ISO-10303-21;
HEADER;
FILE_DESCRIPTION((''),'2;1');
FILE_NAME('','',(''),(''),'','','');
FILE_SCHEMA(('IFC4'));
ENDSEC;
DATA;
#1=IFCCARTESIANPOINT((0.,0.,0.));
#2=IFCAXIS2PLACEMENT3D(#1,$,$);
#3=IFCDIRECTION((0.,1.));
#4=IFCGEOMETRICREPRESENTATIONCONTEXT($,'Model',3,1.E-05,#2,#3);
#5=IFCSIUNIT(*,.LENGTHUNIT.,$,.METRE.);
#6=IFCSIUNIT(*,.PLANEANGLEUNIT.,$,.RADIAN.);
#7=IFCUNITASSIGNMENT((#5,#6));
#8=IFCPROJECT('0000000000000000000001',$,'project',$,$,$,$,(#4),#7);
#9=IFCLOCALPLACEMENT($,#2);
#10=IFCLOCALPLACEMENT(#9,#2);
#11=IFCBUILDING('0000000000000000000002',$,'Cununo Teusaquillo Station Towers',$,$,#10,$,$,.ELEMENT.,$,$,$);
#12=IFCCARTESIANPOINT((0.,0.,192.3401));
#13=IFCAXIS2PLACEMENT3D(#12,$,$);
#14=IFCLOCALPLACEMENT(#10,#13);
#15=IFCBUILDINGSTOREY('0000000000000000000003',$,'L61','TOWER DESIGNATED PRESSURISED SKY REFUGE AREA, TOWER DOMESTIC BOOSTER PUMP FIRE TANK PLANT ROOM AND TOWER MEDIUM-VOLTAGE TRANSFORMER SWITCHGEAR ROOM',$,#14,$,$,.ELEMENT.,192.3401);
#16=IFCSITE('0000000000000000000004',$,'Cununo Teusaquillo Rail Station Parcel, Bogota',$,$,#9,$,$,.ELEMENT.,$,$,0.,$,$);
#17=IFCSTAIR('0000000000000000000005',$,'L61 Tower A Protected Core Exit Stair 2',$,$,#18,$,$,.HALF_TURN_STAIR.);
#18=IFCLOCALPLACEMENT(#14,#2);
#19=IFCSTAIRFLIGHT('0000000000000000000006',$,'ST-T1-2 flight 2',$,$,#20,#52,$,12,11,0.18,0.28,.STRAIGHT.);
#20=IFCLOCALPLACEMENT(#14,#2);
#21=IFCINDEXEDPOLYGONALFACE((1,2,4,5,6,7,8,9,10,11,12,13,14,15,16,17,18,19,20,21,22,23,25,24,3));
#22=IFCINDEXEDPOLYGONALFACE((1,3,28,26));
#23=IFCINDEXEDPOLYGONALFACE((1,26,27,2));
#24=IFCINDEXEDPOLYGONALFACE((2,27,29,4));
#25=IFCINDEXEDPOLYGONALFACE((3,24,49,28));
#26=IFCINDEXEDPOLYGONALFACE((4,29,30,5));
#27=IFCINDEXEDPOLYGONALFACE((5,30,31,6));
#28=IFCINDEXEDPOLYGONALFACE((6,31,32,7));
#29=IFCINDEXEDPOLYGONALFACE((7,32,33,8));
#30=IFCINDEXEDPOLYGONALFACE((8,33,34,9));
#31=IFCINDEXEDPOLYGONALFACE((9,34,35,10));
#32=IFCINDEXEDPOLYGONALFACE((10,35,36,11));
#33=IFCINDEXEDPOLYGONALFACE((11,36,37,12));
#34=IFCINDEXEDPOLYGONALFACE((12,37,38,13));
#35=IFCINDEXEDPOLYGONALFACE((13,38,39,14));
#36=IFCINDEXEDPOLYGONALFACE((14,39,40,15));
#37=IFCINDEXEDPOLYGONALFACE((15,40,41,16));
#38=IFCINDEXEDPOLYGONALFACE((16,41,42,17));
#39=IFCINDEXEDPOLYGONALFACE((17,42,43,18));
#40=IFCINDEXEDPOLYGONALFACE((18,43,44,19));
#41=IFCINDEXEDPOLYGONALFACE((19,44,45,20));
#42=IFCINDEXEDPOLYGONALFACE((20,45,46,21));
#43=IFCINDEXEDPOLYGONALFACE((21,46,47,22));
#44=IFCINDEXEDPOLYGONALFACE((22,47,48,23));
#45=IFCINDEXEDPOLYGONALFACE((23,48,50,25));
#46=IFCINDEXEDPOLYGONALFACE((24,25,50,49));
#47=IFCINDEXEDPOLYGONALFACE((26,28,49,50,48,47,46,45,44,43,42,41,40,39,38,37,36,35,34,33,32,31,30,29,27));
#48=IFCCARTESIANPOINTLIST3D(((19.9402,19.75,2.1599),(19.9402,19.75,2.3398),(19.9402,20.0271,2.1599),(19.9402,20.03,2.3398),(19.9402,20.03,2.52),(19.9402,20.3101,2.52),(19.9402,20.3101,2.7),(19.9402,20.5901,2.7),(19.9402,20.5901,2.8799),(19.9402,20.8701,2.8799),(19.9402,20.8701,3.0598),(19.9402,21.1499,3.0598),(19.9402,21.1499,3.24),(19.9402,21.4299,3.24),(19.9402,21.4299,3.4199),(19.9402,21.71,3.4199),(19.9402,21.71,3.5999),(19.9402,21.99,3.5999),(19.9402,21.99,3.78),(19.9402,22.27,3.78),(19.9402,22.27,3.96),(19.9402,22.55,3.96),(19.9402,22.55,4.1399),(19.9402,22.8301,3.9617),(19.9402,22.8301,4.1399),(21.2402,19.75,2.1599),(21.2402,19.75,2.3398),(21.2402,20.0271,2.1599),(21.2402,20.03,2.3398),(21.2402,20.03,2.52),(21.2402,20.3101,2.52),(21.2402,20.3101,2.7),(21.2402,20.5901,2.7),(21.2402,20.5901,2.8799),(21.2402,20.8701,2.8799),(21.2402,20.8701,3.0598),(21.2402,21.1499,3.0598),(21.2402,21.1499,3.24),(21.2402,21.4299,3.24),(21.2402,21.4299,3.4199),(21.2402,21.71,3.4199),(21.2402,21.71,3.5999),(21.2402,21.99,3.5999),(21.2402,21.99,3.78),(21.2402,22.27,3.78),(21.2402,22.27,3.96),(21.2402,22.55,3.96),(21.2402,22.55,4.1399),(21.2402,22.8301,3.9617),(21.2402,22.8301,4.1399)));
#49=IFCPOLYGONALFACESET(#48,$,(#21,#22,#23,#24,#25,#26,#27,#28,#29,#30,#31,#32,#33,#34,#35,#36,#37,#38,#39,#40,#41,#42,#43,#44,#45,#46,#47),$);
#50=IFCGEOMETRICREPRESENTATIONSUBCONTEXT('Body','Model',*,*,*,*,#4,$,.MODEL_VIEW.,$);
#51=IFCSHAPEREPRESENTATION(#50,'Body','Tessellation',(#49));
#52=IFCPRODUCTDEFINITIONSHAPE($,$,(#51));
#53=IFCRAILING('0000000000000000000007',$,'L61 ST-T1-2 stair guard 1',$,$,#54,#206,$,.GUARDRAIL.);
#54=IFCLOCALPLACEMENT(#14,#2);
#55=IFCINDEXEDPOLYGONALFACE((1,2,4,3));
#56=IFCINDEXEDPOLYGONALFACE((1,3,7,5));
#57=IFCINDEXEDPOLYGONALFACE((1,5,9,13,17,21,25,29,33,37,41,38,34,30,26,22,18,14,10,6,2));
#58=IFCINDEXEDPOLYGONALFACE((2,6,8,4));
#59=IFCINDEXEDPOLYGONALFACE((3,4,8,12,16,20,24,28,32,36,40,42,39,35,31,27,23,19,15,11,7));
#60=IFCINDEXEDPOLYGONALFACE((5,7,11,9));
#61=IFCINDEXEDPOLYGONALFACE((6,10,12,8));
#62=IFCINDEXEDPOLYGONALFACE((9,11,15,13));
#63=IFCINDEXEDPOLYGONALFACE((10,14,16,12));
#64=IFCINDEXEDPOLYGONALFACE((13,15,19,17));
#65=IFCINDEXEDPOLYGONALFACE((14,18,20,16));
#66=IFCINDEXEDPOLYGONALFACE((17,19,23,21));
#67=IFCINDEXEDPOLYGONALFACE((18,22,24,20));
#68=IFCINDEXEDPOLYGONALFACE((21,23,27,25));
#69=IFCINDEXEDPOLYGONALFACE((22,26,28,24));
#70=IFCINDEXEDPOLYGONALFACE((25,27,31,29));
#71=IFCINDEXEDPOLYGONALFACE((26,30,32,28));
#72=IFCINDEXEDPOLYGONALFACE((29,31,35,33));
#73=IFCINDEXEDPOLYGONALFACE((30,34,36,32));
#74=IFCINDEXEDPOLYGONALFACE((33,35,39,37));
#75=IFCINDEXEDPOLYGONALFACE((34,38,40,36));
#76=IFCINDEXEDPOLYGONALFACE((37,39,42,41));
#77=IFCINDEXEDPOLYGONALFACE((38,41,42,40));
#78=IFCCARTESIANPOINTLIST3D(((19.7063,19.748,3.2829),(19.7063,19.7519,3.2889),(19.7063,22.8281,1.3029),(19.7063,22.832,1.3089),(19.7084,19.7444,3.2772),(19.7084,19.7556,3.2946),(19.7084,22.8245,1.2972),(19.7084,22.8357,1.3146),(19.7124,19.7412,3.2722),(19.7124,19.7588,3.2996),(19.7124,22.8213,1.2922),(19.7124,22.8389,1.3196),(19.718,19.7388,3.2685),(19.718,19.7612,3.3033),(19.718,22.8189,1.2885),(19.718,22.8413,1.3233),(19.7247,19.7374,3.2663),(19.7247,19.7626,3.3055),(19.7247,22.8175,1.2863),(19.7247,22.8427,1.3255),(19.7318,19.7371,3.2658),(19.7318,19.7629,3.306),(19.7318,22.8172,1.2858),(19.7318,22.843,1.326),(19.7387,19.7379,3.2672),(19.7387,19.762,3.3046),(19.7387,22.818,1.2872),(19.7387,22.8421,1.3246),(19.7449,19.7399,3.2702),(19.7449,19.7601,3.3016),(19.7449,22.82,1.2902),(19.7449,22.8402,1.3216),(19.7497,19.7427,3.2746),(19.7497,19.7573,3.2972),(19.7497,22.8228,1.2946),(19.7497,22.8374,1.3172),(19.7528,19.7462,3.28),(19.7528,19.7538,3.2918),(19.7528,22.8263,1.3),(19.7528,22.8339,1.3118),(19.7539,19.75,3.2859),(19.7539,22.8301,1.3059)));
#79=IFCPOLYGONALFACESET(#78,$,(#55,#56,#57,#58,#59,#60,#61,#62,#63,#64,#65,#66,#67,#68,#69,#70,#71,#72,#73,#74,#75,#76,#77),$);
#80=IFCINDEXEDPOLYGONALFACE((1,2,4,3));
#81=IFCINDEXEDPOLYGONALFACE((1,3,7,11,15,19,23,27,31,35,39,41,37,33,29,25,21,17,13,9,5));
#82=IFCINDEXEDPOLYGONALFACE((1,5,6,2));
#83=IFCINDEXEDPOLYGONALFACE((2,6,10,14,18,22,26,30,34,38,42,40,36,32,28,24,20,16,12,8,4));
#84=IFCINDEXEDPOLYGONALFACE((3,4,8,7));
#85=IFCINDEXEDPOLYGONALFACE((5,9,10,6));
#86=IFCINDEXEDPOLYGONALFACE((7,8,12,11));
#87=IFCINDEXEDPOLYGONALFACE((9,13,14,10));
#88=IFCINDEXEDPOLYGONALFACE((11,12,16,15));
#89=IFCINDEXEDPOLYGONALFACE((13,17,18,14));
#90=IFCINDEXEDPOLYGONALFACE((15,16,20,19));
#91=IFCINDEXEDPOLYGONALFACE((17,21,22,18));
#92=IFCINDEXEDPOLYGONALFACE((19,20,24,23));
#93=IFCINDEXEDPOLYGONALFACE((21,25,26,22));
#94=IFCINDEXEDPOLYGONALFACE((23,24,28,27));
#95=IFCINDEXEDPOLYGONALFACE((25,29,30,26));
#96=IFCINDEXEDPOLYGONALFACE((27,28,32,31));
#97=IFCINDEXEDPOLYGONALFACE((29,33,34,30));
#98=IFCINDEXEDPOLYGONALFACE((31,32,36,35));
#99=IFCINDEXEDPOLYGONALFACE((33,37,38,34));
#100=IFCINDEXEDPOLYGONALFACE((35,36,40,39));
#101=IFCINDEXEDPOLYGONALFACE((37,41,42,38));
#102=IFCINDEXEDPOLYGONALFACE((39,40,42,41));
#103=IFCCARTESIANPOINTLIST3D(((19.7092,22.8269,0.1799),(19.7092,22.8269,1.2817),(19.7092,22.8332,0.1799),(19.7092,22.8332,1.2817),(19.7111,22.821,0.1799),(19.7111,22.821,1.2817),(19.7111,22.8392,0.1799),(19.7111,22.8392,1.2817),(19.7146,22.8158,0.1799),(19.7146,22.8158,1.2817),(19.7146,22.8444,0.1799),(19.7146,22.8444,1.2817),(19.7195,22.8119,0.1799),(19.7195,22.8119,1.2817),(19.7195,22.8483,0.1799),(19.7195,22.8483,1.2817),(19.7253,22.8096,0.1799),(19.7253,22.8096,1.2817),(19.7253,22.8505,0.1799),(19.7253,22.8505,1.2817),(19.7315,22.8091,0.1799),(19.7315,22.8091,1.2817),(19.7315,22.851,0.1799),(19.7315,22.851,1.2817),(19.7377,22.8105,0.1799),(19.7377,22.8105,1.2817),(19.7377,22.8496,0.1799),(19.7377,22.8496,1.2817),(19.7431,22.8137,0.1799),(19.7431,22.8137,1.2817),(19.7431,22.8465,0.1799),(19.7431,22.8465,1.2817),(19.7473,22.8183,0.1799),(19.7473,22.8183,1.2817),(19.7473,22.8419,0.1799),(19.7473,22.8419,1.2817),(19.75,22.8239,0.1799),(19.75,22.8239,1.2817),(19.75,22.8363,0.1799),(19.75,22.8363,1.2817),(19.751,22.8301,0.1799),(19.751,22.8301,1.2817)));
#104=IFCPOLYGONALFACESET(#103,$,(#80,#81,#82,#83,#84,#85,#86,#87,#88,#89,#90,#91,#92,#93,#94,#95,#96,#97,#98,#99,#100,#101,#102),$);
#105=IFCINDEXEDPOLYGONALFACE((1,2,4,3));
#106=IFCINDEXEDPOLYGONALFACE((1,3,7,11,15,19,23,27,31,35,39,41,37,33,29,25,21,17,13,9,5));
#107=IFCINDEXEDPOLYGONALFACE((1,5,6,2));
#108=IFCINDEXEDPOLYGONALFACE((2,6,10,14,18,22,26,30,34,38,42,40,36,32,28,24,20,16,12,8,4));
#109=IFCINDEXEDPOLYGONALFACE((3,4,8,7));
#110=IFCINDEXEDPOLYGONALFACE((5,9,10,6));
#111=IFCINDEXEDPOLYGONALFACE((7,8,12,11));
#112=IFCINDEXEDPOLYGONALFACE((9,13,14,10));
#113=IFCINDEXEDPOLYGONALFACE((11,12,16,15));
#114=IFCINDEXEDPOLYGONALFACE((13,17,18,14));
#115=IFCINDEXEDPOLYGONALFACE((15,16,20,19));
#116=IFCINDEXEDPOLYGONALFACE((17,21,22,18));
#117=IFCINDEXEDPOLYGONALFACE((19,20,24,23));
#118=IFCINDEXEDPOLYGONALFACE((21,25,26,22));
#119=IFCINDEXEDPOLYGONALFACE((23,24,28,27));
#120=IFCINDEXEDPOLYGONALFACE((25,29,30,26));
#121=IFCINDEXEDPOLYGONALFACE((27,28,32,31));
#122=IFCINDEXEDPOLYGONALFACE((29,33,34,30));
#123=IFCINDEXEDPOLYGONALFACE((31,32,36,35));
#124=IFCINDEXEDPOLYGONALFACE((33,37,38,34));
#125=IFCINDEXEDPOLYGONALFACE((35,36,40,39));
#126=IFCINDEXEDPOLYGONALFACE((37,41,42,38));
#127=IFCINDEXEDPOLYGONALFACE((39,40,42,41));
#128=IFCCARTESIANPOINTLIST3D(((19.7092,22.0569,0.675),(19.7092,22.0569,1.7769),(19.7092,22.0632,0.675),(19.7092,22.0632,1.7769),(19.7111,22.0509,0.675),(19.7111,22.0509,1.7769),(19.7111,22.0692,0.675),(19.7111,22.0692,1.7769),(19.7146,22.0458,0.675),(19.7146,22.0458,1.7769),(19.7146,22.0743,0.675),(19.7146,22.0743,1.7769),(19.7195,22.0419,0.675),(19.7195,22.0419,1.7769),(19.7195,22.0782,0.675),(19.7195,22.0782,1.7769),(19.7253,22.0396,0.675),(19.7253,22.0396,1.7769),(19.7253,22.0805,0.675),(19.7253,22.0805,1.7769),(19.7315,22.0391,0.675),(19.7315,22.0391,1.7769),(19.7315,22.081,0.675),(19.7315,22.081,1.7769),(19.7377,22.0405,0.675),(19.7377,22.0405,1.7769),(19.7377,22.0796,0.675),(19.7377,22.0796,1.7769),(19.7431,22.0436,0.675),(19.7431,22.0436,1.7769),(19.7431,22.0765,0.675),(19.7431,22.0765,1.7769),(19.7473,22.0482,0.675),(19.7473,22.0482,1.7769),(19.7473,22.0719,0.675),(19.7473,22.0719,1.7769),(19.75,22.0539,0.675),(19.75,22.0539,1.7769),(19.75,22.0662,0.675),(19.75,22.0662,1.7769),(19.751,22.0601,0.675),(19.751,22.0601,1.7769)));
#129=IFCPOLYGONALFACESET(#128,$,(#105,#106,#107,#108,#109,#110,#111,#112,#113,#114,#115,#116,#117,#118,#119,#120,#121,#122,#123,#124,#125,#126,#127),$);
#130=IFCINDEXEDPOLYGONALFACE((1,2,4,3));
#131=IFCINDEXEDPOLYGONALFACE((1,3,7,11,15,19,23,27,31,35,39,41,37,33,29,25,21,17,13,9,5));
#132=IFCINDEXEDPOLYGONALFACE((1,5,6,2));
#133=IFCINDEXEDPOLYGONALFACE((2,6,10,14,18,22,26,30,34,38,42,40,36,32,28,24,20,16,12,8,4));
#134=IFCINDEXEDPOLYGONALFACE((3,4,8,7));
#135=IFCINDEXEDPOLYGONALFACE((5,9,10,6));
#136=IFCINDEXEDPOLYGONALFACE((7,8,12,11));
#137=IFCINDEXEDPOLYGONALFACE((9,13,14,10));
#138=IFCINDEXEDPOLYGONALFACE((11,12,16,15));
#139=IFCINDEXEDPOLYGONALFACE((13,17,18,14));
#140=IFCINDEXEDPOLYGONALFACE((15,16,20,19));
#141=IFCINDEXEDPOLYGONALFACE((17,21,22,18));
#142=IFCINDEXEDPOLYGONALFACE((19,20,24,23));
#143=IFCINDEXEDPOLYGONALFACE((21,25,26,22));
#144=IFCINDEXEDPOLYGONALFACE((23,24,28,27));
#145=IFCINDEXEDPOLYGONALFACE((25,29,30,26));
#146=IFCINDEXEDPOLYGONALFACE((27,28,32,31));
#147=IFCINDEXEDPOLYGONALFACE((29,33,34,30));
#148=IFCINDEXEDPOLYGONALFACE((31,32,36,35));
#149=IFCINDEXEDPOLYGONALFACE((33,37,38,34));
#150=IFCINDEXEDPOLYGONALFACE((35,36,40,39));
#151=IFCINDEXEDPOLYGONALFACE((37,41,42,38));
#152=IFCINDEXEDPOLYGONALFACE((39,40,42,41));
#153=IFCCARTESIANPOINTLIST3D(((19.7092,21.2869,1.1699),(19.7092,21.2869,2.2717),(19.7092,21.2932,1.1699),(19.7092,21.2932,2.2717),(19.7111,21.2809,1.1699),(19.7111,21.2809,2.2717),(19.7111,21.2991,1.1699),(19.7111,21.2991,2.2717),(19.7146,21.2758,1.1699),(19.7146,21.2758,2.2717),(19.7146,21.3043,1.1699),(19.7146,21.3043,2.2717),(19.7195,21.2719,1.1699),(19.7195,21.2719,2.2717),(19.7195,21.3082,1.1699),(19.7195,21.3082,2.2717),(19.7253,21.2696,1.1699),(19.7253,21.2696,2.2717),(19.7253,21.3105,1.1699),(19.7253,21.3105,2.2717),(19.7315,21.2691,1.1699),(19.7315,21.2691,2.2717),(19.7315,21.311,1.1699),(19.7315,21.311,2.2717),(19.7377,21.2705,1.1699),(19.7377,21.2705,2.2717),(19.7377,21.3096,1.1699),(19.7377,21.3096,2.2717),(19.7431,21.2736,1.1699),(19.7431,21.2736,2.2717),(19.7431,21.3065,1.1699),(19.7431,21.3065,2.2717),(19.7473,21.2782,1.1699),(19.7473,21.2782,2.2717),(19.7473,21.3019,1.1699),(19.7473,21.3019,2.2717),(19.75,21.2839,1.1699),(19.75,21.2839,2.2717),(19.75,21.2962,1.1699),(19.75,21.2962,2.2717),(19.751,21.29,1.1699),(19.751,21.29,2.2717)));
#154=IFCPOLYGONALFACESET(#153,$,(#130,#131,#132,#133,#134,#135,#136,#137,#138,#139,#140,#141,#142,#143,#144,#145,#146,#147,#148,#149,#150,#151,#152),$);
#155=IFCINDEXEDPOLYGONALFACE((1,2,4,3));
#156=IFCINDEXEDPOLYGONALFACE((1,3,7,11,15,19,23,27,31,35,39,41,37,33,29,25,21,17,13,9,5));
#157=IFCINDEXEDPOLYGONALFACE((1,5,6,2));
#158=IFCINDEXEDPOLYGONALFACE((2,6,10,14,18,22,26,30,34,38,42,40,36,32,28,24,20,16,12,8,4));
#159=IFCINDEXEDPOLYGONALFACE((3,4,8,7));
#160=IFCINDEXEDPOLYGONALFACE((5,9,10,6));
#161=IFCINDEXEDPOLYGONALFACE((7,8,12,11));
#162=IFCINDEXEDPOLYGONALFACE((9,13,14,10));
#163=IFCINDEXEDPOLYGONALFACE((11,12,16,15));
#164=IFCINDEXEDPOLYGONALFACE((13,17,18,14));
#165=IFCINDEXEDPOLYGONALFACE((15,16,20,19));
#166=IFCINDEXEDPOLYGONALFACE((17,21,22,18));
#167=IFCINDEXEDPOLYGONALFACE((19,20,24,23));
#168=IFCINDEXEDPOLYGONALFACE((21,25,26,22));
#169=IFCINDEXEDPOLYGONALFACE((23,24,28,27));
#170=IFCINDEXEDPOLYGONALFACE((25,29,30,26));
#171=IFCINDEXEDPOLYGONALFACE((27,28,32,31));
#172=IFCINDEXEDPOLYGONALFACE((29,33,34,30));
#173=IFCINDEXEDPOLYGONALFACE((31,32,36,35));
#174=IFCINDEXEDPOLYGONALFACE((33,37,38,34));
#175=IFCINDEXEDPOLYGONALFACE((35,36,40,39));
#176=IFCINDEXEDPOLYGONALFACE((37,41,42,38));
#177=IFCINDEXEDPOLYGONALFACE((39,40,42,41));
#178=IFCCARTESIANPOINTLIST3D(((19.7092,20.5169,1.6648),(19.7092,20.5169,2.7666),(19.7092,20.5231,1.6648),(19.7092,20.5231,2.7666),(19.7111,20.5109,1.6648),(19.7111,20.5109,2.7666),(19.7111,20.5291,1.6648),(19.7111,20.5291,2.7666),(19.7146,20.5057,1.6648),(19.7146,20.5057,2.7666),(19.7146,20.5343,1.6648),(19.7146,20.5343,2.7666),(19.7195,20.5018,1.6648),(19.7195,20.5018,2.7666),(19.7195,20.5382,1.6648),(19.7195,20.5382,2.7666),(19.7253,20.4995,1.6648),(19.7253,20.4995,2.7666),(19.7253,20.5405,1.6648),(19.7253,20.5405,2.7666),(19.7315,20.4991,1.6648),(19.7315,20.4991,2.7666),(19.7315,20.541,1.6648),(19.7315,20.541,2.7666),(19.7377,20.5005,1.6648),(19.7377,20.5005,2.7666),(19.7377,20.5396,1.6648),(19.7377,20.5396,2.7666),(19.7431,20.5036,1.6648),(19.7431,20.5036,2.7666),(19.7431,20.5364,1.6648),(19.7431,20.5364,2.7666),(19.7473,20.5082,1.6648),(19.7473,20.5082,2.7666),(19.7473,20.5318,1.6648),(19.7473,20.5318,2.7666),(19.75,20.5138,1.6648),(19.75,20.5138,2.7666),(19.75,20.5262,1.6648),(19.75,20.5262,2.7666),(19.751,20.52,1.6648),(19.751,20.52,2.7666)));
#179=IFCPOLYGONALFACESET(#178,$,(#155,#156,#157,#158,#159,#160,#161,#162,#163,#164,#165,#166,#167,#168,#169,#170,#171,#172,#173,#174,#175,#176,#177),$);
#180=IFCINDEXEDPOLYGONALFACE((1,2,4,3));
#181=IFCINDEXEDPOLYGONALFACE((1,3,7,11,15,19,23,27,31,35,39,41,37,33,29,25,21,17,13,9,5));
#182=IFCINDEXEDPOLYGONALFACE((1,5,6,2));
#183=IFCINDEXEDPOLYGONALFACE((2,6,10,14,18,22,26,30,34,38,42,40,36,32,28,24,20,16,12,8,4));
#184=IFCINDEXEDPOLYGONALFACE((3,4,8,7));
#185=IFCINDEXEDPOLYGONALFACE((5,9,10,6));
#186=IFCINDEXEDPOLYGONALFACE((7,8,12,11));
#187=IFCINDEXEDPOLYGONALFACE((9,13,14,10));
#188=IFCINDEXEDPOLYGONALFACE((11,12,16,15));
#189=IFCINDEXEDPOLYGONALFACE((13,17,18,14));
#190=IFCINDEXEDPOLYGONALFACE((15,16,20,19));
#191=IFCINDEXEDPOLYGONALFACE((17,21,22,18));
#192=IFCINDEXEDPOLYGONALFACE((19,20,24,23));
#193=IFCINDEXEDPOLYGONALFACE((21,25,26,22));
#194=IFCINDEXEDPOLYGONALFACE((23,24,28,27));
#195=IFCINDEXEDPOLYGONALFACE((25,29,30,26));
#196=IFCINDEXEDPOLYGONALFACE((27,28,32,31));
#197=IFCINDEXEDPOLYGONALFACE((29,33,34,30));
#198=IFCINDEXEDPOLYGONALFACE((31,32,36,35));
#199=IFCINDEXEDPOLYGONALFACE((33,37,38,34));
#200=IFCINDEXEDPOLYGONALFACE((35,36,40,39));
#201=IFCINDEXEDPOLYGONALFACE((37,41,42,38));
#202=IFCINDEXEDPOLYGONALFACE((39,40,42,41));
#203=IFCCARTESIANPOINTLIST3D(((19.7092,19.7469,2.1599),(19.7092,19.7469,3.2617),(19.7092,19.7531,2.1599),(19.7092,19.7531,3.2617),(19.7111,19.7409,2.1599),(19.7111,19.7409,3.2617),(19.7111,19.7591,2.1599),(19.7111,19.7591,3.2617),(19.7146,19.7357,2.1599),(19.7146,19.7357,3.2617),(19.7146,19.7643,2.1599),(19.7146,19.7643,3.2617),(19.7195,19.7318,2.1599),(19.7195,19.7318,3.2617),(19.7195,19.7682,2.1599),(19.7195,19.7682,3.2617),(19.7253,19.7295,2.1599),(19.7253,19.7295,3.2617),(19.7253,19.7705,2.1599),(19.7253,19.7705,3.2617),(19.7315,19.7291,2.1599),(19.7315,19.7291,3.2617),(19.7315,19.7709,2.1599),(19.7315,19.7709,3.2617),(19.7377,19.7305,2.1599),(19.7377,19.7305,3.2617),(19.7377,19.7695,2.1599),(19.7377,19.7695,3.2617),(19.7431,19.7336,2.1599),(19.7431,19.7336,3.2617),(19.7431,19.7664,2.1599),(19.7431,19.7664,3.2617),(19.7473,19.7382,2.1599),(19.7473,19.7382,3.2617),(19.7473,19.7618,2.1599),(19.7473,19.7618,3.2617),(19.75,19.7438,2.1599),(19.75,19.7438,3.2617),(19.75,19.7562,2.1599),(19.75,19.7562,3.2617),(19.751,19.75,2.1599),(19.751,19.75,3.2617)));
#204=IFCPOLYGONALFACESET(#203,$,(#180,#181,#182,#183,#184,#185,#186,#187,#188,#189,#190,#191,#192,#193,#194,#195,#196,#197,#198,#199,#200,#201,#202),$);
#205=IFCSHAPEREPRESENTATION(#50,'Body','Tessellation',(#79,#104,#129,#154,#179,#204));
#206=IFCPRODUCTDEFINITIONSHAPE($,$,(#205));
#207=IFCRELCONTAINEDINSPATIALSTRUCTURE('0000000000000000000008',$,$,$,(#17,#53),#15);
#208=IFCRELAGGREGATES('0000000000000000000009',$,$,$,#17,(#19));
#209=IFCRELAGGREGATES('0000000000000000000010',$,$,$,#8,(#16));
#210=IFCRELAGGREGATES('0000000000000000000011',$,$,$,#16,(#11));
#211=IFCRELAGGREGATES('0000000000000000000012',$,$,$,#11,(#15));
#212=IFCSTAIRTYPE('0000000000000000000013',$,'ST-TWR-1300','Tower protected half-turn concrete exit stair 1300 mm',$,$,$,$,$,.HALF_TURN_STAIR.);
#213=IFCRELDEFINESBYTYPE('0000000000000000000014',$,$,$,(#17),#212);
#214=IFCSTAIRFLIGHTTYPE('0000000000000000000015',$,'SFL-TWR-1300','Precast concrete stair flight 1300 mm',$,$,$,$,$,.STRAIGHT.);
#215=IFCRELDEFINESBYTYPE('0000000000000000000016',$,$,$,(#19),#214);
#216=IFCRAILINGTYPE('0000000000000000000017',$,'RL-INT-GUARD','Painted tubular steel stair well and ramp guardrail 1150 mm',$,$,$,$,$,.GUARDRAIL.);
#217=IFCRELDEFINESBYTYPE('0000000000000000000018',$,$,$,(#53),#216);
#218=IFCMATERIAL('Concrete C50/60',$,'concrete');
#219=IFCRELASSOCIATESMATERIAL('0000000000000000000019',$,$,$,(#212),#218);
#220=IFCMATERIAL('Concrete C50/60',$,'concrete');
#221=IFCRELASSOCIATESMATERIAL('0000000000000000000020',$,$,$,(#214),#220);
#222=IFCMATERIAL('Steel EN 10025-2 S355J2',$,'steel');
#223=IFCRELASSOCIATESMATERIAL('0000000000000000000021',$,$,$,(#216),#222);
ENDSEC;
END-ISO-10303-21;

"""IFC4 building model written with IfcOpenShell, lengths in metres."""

from ifc_helpers import new_model, si_unit, direction, frame, origin, origin_2d, place, context, subcontext, project, spatial, polyline, circle, outline, extrude, material, type_object, element, aggregate, save


model = new_model("IFC4")

# Units and contexts
model_context = context("Model", 3, precision=1e-05, world=origin(), true_north=direction((0.0, 1.0)))
body_context = subcontext(model_context, "Body", "Model", "MODEL_VIEW")
ifc_project = project(units=[si_unit("LENGTHUNIT", "METRE"), si_unit("PLANEANGLEUNIT", "RADIAN")], contexts=[model_context])

# Site, building, storey
site_placement = place(None, origin())
site = spatial("IfcSite", under=ifc_project, at=site_placement, Name="Cununo Teusaquillo Rail Station Parcel, Bogota", CompositionType="ELEMENT", RefElevation=0.0)
building_placement = place(site_placement, origin())
building = spatial("IfcBuilding", under=site, at=building_placement, Name="Cununo Teusaquillo Station Towers", CompositionType="ELEMENT")
storey_placement = place(building_placement, frame((0.0, 0.0, 192.3401)))
storey = spatial("IfcBuildingStorey", under=building, at=storey_placement, Name="L61", Description="TOWER DESIGNATED PRESSURISED SKY REFUGE AREA, TOWER DOMESTIC BOOSTER PUMP FIRE TANK PLANT ROOM AND TOWER MEDIUM-VOLTAGE TRANSFORMER SWITCHGEAR ROOM", CompositionType="ELEMENT", Elevation=192.3401)

# Stair, stair flight
ifc_material_1 = material(Name="Concrete C50/60", Category="concrete")
stair_type = type_object("IfcStairType", Name="ST-TWR-1300", Description="Tower protected half-turn concrete exit stair 1300 mm", PredefinedType="HALF_TURN_STAIR", material=ifc_material_1)
stair_placement = place(storey_placement, origin())
stair = element("IfcStair", 1, at=stair_placement, inside=storey, type_object=stair_type, Name="L61 Tower A Protected Core Exit Stair 2", PredefinedType="HALF_TURN_STAIR")
ifc_material_2 = material(Name="Concrete C50/60", Category="concrete")
stair_flight_type = type_object("IfcStairFlightType", Name="SFL-TWR-1300", Description="Precast concrete stair flight 1300 mm", PredefinedType="STRAIGHT", material=ifc_material_2)
stair_flight_1_placement = place(storey_placement, frame((20.5901, 19.75, 2.1599), z_axis=(0.0, 0.0, 1.0), x_axis=(0.0, 1.0, 0.0)))
stair_flight_1 = element("IfcStairFlight", 2, at=stair_flight_1_placement, type_object=stair_flight_type, Name="ST-T1-2 flight 2", NumberOfRisers=12, NumberOfTreads=11, PredefinedType="STRAIGHT", RiserHeight=0.18, TreadLength=0.28, context=body_context, shape_type="SweptSolid", body=[
    extrude(outline(polyline([(0.0, 0.0), (0.0, 0.1799), (0.28, 0.1799), (0.28, 0.3601), (0.5601, 0.3601), (0.5601, 0.54), (0.8401, 0.54), (0.8401, 0.72), (1.1201, 0.72), (1.1201, 0.8999), (1.3999, 0.8999), (1.3999, 1.0801), (1.6799, 1.0801), (1.6799, 1.26), (1.96, 1.26), (1.96, 1.4399), (2.24, 1.4399), (2.24, 1.6201), (2.52, 1.6201), (2.52, 1.8), (2.8, 1.8), (2.8, 1.98), (3.0801, 1.98), (3.0801, 2.1599), (3.0801, 1.8018), (0.2771, 0.0), (0.0, 0.0)])), frame((0.0, 0.6499, 0.0), z_axis=(0.0, -1.0, 0.0), x_axis=(1.0, 0.0, 0.0)), (0.0, 0.0, 1.0), 1.3),
])
aggregate(stair, [stair_flight_1])

# Railing
ifc_material_3 = material(Name="Steel EN 10025-2 S355J2", Category="steel")
railing_type_1 = type_object("IfcRailingType", Name="RL-INT-GUARD", Description="Painted tubular steel stair well and ramp guardrail 1150 mm", PredefinedType="GUARDRAIL", material=ifc_material_3)
railing_1_placement = place(storey_placement, frame((19.73, 22.8301, 0.1799)))
element("IfcRailing", 3, at=railing_1_placement, inside=storey, type_object=railing_type_1, Name="L61 ST-T1-2 stair guard 1", PredefinedType="GUARDRAIL", context=body_context, shape_type="SweptSolid", body=[
    extrude(circle(Radius=0.0239, at=origin_2d()), frame((0.0, 0.0, 1.126), z_axis=(0.0, -0.841187, 0.540744), x_axis=(1.0, 0.0, 0.0)), (0.0, 0.0, 1.0), 3.6616),
    extrude(circle(Radius=0.021, at=origin_2d()), origin(), (0.0, 0.0, 1.0), 1.1018),
    extrude(circle(Radius=0.021, at=origin_2d()), frame((0.0, -0.77, 0.4951)), (0.0, 0.0, 1.0), 1.1018),
    extrude(circle(Radius=0.021, at=origin_2d()), frame((0.0, -1.54, 0.99)), (0.0, 0.0, 1.0), 1.1018),
    extrude(circle(Radius=0.021, at=origin_2d()), frame((0.0, -2.3101, 1.4849)), (0.0, 0.0, 1.0), 1.1018),
    extrude(circle(Radius=0.021, at=origin_2d()), frame((0.0, -3.0801, 1.98)), (0.0, 0.0, 1.0), 1.1018),
])

save(model, "model.ifc")
